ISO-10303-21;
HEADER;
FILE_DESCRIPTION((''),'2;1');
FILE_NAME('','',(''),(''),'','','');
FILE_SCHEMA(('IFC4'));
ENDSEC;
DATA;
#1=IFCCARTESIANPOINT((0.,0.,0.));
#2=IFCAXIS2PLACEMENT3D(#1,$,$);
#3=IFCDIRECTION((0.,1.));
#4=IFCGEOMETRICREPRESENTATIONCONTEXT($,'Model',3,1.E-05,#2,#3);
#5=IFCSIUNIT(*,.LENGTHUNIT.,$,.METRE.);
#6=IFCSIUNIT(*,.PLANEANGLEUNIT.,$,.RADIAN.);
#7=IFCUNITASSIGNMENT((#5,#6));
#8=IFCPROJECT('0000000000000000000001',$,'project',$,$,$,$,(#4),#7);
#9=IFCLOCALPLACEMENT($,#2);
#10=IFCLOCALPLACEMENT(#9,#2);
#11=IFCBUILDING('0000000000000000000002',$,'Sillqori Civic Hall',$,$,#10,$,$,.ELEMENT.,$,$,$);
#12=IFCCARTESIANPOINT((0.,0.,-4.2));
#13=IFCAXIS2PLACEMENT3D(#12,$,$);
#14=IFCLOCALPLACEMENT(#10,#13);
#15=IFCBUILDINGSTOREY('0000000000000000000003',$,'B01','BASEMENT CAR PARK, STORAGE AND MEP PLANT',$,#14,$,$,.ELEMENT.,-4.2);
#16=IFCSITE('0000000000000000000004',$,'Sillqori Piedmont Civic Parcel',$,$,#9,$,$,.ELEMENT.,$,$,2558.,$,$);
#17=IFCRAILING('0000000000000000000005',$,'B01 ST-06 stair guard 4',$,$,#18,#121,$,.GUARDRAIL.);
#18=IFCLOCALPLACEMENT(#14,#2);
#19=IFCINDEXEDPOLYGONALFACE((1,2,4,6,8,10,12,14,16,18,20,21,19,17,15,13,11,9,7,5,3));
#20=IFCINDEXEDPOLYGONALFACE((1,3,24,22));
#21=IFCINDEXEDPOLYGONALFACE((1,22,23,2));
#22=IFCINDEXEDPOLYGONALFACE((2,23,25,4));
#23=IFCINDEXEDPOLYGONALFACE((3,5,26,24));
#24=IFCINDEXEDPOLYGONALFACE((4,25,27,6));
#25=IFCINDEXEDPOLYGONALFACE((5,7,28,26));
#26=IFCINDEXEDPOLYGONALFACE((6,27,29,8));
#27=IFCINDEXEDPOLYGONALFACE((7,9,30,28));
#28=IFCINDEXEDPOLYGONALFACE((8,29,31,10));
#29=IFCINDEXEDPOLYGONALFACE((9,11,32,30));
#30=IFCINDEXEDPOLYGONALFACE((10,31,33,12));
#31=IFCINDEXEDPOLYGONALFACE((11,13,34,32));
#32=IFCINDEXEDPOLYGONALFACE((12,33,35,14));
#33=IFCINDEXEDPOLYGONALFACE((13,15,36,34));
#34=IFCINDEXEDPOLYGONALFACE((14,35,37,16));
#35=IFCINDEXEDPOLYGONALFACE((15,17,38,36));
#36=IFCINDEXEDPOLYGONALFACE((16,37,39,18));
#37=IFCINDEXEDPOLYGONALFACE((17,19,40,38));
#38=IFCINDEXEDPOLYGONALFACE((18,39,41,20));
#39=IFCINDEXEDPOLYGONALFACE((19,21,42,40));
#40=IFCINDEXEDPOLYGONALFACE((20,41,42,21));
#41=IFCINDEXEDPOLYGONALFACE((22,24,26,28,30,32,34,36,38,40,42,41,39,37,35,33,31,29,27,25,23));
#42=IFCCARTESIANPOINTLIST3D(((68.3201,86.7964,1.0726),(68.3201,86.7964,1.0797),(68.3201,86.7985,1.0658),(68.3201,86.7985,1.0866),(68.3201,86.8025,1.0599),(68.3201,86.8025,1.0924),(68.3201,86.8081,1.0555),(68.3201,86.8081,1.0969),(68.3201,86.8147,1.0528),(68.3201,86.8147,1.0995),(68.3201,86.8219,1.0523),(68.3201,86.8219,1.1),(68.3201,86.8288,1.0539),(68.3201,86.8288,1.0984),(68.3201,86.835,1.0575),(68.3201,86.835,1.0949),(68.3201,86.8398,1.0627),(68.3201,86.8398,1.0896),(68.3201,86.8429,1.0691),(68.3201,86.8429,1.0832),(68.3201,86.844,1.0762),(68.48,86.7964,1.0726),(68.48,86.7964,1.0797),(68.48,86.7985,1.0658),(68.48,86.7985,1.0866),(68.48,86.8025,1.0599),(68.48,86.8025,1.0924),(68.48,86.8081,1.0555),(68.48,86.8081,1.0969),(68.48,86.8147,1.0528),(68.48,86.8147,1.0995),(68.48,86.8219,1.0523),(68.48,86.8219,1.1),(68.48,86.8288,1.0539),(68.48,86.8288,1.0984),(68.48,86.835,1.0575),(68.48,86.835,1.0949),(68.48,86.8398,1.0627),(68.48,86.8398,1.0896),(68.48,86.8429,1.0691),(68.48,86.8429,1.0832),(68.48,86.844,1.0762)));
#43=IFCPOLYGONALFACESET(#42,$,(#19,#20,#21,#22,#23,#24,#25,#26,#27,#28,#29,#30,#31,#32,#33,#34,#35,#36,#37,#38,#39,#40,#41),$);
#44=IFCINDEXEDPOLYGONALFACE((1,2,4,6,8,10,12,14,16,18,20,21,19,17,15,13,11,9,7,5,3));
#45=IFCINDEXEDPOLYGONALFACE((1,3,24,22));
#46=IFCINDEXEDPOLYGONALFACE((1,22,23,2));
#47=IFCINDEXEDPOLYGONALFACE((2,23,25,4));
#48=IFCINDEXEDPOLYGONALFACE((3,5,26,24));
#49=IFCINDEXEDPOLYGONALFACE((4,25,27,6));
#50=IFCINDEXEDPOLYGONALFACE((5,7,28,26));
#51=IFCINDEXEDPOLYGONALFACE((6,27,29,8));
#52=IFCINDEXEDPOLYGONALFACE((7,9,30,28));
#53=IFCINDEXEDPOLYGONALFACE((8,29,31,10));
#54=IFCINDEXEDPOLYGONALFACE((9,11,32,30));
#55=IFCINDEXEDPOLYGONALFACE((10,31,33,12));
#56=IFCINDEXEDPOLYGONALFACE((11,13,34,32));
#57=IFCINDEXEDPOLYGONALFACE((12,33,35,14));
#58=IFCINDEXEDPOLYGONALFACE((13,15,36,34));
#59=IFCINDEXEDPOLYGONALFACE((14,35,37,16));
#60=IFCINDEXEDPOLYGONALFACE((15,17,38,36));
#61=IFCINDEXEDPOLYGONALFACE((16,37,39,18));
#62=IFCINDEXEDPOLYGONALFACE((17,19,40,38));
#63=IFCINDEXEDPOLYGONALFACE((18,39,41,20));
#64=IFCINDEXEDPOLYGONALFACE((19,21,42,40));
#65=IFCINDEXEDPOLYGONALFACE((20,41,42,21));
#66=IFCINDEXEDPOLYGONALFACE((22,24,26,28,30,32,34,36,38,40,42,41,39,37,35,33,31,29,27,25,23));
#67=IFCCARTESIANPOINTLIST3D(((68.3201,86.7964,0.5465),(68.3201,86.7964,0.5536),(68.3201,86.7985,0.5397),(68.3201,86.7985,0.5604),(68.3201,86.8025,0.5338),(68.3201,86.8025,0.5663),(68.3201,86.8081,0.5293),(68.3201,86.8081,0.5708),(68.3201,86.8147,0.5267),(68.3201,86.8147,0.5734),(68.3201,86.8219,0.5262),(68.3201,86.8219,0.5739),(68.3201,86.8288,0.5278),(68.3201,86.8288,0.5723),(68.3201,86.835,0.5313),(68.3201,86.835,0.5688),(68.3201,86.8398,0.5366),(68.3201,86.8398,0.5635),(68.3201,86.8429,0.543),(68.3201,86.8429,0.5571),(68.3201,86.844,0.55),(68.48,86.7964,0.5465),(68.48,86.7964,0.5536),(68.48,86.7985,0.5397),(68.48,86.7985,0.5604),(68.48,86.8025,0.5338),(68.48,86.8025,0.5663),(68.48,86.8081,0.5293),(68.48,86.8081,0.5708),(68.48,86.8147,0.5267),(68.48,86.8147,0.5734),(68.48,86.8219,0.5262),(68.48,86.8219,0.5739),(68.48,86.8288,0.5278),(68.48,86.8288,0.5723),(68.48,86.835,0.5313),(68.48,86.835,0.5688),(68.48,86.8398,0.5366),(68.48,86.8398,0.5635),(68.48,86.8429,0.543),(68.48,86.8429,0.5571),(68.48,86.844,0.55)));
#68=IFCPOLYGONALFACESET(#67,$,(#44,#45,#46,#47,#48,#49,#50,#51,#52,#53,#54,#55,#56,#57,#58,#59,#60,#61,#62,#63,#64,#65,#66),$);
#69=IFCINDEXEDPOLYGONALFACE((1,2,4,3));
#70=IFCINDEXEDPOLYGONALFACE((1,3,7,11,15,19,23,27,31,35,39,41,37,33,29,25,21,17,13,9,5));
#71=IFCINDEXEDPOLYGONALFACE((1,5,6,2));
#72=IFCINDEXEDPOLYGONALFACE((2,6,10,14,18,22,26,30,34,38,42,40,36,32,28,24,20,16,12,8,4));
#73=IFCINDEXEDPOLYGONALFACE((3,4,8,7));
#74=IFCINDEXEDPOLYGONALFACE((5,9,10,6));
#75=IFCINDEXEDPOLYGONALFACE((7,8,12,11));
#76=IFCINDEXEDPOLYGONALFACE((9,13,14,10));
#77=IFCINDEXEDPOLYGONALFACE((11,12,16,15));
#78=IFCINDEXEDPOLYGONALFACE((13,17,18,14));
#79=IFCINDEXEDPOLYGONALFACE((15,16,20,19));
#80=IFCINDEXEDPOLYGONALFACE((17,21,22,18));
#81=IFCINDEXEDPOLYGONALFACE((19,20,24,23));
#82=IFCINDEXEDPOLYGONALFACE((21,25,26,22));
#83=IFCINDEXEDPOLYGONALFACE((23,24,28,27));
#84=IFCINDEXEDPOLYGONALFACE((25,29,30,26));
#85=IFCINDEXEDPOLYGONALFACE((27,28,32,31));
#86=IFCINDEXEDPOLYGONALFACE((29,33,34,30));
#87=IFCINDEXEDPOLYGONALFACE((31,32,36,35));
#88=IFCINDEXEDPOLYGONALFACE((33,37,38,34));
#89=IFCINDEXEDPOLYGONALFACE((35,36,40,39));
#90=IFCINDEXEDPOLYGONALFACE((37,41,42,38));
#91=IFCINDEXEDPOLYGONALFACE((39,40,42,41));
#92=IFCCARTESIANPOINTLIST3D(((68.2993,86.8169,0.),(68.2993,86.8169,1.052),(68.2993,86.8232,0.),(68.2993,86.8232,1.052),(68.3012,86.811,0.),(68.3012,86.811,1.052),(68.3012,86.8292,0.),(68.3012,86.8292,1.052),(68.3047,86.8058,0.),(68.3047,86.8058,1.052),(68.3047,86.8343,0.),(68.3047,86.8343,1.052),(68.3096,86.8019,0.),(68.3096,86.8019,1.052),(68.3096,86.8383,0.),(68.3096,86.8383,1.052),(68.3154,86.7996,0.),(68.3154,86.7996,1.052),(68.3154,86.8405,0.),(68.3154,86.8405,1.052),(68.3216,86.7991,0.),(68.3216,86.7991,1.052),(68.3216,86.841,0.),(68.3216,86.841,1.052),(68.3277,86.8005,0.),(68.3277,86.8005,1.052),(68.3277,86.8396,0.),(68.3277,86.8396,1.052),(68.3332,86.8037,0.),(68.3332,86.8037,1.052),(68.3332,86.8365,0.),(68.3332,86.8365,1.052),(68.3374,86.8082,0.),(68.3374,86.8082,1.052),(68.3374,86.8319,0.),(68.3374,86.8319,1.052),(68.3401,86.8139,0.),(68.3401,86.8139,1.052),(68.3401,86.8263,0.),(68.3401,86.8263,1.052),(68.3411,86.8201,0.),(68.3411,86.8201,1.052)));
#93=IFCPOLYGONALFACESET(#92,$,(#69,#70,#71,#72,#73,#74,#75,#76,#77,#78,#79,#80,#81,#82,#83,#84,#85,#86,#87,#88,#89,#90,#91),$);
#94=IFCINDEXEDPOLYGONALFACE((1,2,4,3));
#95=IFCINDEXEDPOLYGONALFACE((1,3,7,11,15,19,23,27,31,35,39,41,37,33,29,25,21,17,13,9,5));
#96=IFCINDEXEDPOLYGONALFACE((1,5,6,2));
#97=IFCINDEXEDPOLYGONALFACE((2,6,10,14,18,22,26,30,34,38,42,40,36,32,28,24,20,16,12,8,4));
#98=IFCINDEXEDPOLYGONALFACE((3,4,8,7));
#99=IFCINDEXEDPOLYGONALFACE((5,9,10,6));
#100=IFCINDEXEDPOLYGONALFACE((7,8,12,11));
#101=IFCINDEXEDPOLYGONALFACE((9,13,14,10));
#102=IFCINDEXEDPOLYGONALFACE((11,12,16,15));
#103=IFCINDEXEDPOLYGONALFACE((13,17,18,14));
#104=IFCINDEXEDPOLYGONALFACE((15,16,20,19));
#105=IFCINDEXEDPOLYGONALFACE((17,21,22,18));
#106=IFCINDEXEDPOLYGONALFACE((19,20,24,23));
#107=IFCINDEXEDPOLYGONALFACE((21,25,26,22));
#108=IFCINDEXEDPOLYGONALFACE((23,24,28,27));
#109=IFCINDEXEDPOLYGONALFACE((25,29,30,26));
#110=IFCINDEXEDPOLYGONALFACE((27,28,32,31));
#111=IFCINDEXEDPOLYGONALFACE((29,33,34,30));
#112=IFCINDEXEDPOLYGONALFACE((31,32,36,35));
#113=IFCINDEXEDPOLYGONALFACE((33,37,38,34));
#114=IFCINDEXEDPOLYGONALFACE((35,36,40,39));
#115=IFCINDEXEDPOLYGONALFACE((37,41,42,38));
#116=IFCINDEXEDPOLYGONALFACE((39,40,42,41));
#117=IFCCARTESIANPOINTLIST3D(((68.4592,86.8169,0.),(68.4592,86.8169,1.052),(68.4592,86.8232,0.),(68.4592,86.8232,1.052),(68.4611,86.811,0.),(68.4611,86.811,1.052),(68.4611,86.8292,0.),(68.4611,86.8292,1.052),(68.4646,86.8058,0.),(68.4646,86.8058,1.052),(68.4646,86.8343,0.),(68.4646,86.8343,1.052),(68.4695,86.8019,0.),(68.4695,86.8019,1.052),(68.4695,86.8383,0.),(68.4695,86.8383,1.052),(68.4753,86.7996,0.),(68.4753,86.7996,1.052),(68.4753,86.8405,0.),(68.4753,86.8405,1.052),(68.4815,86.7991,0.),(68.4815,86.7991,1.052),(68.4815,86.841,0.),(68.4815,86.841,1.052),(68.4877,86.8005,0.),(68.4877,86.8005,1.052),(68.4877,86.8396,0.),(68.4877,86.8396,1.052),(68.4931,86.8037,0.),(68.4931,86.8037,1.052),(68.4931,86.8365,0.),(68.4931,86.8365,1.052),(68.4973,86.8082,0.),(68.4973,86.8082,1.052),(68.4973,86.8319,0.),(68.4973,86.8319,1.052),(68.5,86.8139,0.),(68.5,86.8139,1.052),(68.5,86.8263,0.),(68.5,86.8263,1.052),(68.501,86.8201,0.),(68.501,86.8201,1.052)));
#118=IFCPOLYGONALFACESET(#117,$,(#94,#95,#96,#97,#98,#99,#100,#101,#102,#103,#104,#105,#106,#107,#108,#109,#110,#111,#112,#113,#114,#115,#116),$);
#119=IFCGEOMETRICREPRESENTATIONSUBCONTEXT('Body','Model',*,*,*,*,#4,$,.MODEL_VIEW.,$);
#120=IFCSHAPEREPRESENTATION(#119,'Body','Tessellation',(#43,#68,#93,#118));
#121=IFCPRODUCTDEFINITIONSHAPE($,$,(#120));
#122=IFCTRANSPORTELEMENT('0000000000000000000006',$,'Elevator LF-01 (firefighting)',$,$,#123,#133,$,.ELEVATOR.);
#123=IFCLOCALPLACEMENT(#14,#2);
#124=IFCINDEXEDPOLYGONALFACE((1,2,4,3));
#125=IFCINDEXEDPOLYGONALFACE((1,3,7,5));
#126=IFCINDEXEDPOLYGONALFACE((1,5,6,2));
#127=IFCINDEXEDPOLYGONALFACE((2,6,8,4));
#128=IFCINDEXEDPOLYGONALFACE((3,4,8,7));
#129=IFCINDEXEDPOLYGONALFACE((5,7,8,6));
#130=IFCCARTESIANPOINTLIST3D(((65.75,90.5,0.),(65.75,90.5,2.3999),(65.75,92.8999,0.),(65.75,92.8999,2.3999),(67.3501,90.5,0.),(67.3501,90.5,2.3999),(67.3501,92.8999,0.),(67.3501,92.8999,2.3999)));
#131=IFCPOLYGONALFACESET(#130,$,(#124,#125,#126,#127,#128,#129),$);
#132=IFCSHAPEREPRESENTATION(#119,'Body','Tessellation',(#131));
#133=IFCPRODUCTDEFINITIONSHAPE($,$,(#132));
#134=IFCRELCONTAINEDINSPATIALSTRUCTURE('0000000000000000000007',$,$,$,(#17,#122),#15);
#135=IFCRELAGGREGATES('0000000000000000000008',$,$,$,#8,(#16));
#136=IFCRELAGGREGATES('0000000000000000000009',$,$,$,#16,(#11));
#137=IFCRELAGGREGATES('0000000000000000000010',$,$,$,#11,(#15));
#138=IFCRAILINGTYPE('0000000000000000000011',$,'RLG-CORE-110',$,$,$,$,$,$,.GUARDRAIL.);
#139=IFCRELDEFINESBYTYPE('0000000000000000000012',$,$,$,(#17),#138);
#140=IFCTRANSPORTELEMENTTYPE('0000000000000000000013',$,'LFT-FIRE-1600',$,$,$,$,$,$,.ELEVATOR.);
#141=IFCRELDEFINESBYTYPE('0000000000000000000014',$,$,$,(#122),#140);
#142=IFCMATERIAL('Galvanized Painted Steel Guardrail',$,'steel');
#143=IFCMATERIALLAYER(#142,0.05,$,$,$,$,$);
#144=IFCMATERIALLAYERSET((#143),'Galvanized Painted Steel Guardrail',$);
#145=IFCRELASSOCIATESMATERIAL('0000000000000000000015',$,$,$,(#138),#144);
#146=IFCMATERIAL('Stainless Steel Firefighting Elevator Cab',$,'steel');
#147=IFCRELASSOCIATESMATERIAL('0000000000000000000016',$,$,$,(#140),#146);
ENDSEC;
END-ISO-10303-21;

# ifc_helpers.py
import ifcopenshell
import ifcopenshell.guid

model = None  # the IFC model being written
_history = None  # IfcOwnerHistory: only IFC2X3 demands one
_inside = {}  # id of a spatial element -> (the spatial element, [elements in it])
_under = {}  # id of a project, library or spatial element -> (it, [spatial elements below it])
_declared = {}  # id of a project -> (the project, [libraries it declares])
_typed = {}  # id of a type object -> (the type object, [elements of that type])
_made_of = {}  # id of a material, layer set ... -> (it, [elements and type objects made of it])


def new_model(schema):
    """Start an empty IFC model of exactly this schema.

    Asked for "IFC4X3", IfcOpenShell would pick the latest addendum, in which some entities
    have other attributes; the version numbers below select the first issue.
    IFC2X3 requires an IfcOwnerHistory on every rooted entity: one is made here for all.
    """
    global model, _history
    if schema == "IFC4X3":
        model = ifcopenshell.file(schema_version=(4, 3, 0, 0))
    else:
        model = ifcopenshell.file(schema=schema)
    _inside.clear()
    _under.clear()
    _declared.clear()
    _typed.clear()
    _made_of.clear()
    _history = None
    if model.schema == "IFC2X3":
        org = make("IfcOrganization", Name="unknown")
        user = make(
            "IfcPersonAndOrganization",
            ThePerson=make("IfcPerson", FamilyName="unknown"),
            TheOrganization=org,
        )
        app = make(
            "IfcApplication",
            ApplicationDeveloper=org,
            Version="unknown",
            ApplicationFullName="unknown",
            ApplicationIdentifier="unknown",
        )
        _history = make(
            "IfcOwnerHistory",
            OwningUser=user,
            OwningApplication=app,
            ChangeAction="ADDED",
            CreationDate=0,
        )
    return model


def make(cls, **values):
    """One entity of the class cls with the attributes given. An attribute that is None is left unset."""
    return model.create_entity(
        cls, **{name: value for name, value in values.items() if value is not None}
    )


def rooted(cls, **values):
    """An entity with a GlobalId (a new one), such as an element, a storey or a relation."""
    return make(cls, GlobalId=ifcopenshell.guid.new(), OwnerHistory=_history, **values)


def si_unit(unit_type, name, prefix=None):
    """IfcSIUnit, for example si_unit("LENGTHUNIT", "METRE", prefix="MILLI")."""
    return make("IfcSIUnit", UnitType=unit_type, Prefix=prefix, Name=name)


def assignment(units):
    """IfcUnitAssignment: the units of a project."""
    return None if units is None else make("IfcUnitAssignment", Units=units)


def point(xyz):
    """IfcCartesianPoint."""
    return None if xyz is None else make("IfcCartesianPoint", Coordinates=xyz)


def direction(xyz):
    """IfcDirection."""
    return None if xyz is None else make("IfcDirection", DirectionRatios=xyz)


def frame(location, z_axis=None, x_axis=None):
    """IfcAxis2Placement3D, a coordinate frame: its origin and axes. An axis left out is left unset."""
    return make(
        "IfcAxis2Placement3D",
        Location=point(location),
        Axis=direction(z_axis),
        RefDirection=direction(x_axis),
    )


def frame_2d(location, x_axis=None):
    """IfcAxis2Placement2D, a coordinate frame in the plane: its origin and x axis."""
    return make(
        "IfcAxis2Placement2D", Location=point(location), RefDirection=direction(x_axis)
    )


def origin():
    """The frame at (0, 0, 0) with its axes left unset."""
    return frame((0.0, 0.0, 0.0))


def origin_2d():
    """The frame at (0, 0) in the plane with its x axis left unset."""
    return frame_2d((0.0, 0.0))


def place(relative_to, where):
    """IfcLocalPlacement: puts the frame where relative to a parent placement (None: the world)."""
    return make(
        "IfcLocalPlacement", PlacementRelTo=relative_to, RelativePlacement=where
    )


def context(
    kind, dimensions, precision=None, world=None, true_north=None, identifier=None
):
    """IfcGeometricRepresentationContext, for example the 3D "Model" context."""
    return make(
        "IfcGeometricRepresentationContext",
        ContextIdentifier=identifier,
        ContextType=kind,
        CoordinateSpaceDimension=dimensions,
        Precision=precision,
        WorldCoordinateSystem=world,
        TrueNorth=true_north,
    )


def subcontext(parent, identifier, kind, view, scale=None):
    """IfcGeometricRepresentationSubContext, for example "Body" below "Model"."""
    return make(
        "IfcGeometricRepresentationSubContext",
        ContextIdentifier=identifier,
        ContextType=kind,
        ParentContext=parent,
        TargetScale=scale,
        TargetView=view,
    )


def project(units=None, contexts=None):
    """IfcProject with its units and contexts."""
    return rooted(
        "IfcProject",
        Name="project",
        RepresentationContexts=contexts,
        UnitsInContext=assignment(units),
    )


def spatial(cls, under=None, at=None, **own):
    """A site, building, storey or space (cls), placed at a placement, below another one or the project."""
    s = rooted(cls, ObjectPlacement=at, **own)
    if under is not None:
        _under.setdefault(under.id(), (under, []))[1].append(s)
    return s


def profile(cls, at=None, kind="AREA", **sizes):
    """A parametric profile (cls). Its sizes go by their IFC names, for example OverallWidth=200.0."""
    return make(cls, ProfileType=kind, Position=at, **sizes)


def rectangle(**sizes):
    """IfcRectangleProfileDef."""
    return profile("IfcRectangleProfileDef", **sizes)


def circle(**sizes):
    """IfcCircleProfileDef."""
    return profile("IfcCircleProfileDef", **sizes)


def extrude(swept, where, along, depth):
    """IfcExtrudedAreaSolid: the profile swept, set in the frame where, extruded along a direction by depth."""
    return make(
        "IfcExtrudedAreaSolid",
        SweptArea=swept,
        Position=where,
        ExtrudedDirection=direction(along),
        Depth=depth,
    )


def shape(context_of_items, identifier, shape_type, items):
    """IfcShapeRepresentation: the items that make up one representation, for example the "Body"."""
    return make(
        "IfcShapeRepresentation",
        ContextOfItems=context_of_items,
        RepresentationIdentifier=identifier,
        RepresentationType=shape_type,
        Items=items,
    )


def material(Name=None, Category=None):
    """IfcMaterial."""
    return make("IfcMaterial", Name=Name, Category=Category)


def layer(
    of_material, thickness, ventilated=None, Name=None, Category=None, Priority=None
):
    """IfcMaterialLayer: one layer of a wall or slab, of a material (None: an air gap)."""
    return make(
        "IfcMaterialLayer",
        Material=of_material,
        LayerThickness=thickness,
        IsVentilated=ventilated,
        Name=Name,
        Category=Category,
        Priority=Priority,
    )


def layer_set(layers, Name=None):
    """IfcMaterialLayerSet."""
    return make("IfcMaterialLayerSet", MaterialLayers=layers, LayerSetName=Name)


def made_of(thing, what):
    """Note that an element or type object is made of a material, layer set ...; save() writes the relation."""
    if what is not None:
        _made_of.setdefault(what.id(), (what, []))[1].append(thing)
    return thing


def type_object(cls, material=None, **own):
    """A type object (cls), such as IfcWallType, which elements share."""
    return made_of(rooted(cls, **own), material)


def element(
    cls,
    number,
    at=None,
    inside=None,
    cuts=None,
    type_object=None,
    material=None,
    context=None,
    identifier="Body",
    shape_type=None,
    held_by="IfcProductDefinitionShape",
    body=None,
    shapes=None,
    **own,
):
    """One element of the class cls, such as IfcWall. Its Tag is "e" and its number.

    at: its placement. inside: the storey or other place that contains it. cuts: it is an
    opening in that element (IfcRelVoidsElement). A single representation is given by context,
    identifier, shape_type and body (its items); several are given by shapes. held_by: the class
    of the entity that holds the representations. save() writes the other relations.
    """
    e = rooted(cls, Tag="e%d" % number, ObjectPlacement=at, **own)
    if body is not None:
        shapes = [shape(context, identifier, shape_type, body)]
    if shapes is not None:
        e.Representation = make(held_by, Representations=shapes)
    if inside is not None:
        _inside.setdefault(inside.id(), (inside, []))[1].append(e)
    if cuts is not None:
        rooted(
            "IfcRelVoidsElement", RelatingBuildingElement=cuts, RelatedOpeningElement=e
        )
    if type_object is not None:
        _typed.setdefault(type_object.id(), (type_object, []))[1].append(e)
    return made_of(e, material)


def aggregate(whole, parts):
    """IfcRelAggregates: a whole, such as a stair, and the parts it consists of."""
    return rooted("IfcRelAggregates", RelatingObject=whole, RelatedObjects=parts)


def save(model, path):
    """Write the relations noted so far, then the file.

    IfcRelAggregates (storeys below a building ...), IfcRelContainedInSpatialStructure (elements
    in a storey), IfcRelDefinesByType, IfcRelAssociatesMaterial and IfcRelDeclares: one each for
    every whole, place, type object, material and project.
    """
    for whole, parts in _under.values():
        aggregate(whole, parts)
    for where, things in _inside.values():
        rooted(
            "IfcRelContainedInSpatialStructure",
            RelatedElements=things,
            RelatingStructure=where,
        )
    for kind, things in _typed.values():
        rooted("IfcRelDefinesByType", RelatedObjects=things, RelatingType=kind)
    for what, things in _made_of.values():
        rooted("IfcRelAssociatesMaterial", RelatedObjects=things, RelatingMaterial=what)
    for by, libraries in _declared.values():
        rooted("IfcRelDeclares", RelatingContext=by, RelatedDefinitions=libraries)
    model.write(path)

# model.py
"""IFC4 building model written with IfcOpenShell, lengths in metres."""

from ifc_helpers import new_model, si_unit, direction, frame, origin, origin_2d, place, context, subcontext, project, spatial, rectangle, circle, extrude, material, layer, layer_set, type_object, element, save


model = new_model("IFC4")

# Units and contexts
model_context = context("Model", 3, precision=1e-05, world=origin(), true_north=direction((0.0, 1.0)))
body_context = subcontext(model_context, "Body", "Model", "MODEL_VIEW")
ifc_project = project(units=[si_unit("LENGTHUNIT", "METRE"), si_unit("PLANEANGLEUNIT", "RADIAN")], contexts=[model_context])

# Site, building, storey
site_placement = place(None, origin())
site = spatial("IfcSite", under=ifc_project, at=site_placement, Name="Sillqori Piedmont Civic Parcel", CompositionType="ELEMENT", RefElevation=2558.0)
building_placement = place(site_placement, origin())
building = spatial("IfcBuilding", under=site, at=building_placement, Name="Sillqori Civic Hall", CompositionType="ELEMENT")
storey_placement = place(building_placement, frame((0.0, 0.0, -4.2)))
storey = spatial("IfcBuildingStorey", under=building, at=storey_placement, Name="B01", Description="BASEMENT CAR PARK, STORAGE AND MEP PLANT", CompositionType="ELEMENT", Elevation=-4.2)

# Railing
ifc_material_1 = material(Name="Galvanized Painted Steel Guardrail", Category="steel")
ifc_layer_1 = layer(ifc_material_1, 0.05)
ifc_layer_set_1 = layer_set([ifc_layer_1], Name="Galvanized Painted Steel Guardrail")
railing_type_1 = type_object("IfcRailingType", Name="RLG-CORE-110", PredefinedType="GUARDRAIL", material=ifc_layer_set_1)
railing_1_placement = place(storey_placement, frame((68.3201, 86.8201, 0.0)))
element("IfcRailing", 1, at=railing_1_placement, inside=storey, type_object=railing_type_1, Name="B01 ST-06 stair guard 4", PredefinedType="GUARDRAIL", context=body_context, shape_type="SweptSolid", body=[
    extrude(circle(Radius=0.0239, at=origin_2d()), frame((0.0, 0.0, 1.0762), z_axis=(1.0, 0.0, 0.0), x_axis=(0.0, 1.0, 0.0)), (0.0, 0.0, 1.0), 0.1599),
    extrude(circle(Radius=0.0239, at=origin_2d()), frame((0.0, 0.0, 0.55), z_axis=(1.0, 0.0, 0.0), x_axis=(0.0, 1.0, 0.0)), (0.0, 0.0, 1.0), 0.1599),
    extrude(circle(Radius=0.021, at=origin_2d()), origin(), (0.0, 0.0, 1.0), 1.052),
    extrude(circle(Radius=0.021, at=origin_2d()), frame((0.1599, 0.0, 0.0)), (0.0, 0.0, 1.0), 1.052),
])

# Transport element
ifc_material_2 = material(Name="Stainless Steel Firefighting Elevator Cab", Category="steel")
transport_element_type = type_object("IfcTransportElementType", Name="LFT-FIRE-1600", PredefinedType="ELEVATOR", material=ifc_material_2)
transport_element_placement = place(storey_placement, frame((66.55, 91.7, 0.0), z_axis=(0.0, 0.0, 1.0), x_axis=(1.0, 0.0, 0.0)))
element("IfcTransportElement", 2, at=transport_element_placement, inside=storey, type_object=transport_element_type, Name="Elevator LF-01 (firefighting)", PredefinedType="ELEVATOR", context=body_context, shape_type="SweptSolid", body=[
    extrude(rectangle(XDim=1.6001, YDim=2.3999, at=origin_2d()), origin(), (0.0, 0.0, 1.0), 2.3999),
])

save(model, "model.ifc")
